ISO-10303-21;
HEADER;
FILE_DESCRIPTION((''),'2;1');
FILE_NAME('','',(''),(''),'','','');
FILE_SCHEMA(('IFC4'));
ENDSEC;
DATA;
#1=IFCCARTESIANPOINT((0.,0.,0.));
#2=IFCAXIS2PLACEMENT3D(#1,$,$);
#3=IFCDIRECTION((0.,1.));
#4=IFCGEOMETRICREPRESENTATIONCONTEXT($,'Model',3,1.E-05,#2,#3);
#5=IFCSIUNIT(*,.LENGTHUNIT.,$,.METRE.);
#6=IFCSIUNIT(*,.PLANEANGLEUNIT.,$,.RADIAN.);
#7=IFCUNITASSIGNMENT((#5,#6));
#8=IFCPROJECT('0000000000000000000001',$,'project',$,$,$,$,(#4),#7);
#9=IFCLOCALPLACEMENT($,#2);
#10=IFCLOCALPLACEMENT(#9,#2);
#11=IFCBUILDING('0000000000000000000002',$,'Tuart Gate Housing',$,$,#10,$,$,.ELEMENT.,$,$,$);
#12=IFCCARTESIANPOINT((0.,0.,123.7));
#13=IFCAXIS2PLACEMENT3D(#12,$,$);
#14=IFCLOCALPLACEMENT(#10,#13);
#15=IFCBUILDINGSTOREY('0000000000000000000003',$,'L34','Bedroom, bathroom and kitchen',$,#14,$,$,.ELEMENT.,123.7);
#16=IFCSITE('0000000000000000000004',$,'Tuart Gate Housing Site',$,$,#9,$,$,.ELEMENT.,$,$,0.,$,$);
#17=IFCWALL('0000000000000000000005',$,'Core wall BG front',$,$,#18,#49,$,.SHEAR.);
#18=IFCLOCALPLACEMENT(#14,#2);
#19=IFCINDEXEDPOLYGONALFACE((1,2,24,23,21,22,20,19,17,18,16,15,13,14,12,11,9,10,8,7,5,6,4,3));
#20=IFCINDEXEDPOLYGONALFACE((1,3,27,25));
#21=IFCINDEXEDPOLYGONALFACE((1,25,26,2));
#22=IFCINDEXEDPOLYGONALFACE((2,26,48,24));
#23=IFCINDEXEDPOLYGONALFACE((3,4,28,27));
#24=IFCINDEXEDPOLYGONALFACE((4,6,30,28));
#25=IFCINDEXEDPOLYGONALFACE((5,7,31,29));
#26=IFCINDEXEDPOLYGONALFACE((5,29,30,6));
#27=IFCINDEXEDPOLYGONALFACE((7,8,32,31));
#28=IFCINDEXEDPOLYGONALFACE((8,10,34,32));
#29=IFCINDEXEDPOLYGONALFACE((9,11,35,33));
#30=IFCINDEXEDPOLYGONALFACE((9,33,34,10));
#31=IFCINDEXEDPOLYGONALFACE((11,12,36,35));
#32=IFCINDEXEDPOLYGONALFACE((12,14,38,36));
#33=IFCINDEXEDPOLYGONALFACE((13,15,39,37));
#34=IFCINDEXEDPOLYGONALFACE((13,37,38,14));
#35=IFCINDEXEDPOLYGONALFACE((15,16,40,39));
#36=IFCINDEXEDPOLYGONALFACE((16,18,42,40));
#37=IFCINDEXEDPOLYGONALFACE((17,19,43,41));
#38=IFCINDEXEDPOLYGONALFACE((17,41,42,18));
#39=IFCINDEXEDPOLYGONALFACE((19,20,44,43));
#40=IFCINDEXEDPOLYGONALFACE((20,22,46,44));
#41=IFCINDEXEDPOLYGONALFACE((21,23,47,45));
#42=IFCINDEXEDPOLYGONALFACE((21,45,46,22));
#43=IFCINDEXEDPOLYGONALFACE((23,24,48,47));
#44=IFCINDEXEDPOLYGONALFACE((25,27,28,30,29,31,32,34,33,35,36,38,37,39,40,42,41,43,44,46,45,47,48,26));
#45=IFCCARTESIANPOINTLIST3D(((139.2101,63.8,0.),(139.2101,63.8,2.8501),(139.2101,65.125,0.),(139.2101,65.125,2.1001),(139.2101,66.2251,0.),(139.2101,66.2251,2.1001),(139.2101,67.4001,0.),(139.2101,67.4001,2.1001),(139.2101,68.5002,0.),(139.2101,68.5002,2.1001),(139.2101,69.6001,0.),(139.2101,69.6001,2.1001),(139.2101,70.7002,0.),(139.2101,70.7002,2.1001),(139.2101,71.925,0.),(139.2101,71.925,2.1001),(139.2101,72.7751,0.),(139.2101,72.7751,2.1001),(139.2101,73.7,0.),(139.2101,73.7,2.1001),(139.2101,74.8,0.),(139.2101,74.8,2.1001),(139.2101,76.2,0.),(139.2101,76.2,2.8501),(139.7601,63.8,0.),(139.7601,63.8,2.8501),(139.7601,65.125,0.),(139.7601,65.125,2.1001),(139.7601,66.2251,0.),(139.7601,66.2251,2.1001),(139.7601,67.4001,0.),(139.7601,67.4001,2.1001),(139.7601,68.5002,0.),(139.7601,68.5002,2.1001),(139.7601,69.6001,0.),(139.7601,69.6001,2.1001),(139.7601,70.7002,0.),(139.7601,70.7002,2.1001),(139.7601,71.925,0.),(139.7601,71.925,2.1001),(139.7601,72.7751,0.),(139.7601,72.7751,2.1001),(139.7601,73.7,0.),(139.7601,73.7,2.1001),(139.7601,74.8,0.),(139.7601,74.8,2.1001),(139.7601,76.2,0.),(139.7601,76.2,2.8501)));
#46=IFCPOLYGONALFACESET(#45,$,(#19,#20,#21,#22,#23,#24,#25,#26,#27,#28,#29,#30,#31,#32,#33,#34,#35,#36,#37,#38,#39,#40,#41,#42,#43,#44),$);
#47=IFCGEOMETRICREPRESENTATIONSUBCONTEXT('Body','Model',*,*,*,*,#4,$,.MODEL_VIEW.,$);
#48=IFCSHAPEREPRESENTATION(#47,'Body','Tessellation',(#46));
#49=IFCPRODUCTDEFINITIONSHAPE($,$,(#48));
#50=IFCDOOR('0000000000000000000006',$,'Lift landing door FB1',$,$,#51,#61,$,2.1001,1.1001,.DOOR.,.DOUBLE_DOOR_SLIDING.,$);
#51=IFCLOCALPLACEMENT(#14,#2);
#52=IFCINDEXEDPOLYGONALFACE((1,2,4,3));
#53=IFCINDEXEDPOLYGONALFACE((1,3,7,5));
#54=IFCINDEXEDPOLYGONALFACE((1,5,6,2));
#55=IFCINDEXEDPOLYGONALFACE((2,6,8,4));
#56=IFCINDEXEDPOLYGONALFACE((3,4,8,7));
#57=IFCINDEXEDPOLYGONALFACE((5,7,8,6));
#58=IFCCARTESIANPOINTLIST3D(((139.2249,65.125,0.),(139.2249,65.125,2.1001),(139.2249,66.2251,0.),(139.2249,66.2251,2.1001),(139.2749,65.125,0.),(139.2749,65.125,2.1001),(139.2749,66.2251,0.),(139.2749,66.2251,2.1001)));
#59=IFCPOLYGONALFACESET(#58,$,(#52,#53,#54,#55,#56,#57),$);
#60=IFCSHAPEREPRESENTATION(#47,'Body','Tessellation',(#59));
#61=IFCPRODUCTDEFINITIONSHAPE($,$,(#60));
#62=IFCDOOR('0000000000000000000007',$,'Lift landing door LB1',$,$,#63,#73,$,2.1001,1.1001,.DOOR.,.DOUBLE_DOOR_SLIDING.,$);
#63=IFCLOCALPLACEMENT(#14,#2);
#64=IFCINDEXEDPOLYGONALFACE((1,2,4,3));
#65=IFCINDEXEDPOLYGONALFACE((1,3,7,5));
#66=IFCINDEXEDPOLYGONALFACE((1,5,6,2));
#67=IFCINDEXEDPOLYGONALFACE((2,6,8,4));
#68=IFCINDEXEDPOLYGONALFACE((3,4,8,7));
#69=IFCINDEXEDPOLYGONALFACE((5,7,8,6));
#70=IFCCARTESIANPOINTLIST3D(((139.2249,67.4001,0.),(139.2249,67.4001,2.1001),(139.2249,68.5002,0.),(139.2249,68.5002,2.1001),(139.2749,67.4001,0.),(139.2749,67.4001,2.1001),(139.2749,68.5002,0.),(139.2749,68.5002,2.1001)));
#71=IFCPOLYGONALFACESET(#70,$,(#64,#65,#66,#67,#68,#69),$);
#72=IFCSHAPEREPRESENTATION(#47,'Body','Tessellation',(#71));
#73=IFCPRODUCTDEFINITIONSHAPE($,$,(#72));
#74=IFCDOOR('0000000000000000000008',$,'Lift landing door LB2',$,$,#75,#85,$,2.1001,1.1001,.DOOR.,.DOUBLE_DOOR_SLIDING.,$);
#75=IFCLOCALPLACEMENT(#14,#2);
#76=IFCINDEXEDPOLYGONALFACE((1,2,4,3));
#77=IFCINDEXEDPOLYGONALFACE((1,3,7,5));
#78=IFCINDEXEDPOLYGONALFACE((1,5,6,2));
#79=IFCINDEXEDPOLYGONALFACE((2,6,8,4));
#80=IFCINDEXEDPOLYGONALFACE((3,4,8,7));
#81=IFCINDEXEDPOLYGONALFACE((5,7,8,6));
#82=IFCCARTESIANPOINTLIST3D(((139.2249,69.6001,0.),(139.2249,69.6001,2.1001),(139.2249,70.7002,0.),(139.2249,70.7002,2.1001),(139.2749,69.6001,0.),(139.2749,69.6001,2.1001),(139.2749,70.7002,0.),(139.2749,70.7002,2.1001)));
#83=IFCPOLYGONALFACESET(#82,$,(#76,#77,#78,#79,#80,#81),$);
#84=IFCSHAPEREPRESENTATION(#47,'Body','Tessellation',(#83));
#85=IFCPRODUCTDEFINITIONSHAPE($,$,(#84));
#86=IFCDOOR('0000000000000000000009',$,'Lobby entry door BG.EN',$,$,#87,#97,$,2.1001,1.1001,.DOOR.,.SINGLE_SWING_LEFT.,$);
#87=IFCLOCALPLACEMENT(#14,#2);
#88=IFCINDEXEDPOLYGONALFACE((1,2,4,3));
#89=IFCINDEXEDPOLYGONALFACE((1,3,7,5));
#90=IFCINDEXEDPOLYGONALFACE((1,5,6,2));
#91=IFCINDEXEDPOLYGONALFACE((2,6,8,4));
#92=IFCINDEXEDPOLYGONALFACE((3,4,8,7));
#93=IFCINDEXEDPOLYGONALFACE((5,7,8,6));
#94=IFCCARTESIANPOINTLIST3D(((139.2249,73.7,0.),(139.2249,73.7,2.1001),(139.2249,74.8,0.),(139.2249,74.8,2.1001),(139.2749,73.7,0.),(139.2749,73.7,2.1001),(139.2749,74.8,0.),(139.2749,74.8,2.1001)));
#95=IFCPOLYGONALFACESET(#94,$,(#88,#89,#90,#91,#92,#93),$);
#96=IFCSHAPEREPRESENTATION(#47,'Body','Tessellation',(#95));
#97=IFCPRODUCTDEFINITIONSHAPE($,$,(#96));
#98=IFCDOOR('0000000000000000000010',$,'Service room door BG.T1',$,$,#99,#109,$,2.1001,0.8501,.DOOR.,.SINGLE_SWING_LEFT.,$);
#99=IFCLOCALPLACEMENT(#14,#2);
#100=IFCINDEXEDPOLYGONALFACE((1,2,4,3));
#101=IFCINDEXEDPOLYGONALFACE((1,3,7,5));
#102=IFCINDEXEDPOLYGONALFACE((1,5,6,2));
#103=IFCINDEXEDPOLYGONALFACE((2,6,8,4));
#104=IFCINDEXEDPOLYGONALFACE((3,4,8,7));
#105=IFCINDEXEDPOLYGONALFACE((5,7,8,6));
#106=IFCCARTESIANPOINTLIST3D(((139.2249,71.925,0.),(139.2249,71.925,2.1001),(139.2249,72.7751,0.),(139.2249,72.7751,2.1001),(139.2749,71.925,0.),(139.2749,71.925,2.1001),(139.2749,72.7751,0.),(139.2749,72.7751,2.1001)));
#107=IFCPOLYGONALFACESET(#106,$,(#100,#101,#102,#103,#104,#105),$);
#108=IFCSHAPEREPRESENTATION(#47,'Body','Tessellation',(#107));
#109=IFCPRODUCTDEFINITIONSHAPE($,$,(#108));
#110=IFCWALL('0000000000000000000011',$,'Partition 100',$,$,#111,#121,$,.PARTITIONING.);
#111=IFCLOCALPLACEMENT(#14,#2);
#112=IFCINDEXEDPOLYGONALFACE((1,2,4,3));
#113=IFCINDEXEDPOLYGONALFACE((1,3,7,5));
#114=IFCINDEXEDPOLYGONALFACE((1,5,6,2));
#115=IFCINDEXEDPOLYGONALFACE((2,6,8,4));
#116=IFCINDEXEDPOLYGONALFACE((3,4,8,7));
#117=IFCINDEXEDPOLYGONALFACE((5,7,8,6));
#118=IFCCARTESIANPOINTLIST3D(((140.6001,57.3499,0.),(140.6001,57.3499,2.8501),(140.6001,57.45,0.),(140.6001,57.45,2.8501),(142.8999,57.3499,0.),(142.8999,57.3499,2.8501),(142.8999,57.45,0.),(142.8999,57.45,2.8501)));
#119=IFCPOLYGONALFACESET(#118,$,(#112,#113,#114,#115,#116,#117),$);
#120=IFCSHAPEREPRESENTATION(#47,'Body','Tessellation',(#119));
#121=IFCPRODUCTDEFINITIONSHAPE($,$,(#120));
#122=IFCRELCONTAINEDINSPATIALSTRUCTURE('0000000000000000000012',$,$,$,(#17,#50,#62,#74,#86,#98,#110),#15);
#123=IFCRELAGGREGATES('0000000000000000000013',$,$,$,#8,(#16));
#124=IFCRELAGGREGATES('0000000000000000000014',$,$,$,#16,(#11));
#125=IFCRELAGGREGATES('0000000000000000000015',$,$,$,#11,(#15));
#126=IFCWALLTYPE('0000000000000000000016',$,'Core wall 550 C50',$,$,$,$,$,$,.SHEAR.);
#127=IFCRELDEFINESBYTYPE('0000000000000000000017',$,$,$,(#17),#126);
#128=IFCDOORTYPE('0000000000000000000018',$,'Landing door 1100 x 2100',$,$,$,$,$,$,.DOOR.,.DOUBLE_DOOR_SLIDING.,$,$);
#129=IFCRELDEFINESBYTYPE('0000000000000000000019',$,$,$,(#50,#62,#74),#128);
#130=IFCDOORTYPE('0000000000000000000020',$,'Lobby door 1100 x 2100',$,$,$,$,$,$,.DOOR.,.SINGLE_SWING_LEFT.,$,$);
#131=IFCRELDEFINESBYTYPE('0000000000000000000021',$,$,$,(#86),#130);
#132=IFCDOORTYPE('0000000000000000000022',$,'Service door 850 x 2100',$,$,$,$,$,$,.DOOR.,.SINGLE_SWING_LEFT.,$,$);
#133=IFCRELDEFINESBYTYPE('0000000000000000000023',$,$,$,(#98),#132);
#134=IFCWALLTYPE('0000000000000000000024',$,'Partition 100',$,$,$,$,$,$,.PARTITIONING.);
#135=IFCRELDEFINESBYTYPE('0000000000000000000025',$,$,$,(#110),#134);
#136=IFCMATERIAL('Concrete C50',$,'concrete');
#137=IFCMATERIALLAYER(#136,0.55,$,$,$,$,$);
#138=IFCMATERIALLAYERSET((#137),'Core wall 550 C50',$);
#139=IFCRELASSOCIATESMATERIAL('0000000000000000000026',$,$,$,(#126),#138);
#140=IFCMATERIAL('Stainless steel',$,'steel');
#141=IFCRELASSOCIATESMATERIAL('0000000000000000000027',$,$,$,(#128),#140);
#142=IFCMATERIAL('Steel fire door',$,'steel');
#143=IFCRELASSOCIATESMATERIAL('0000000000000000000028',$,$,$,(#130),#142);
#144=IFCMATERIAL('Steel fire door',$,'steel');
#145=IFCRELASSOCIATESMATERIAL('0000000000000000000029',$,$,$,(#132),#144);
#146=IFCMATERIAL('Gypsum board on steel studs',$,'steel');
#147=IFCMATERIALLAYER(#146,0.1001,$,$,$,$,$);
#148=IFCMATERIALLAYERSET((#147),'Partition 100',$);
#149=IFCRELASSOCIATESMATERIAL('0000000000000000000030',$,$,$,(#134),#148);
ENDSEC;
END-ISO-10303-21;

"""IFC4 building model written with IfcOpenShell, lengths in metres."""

from ifc_helpers import new_model, si_unit, direction, frame, frame_2d, origin, place, context, subcontext, project, spatial, rectangle, extrude, material, layer, layer_set, type_object, element, fill, save


model = new_model("IFC4")

# Units and contexts
model_context = context("Model", 3, precision=1e-05, world=origin(), true_north=direction((0.0, 1.0)))
body_context = subcontext(model_context, "Body", "Model", "MODEL_VIEW")
ifc_project = project(units=[si_unit("LENGTHUNIT", "METRE"), si_unit("PLANEANGLEUNIT", "RADIAN")], contexts=[model_context])

# Site, building, storey
site_placement = place(None, origin())
site = spatial("IfcSite", under=ifc_project, at=site_placement, Name="Tuart Gate Housing Site", CompositionType="ELEMENT", RefElevation=0.0)
building_placement = place(site_placement, origin())
building = spatial("IfcBuilding", under=site, at=building_placement, Name="Tuart Gate Housing", CompositionType="ELEMENT")
storey_placement = place(building_placement, frame((0.0, 0.0, 123.7)))
storey = spatial("IfcBuildingStorey", under=building, at=storey_placement, Name="L34", Description="Bedroom, bathroom and kitchen", CompositionType="ELEMENT", Elevation=123.7)

# Wall, openings, doors
ifc_material_1 = material(Name="Concrete C50", Category="concrete")
ifc_layer_1 = layer(ifc_material_1, 0.55)
ifc_layer_set_1 = layer_set([ifc_layer_1], Name="Core wall 550 C50")
wall_type_1 = type_object("IfcWallType", Name="Core wall 550 C50", PredefinedType="SHEAR", material=ifc_layer_set_1)
wall_1_placement = place(storey_placement, frame((139.4851, 63.8, 0.0), z_axis=(0.0, 0.0, 1.0), x_axis=(0.0, 1.0, 0.0)))
wall_1 = element("IfcWall", 1, at=wall_1_placement, inside=storey, type_object=wall_type_1, Name="Core wall BG front", PredefinedType="SHEAR", context=body_context, shape_type="SweptSolid", body=[
    extrude(rectangle(XDim=12.3999, YDim=0.55, at=frame_2d((6.2, 0.0))), origin(), (0.0, 0.0, 1.0), 2.8501),
])
opening_1_placement = place(wall_1_placement, frame((1.325, 0.0, 0.0)))
opening_1 = element("IfcOpeningElement", 2, at=opening_1_placement, cuts=wall_1, PredefinedType="OPENING", context=body_context, shape_type="SweptSolid", body=[
    extrude(rectangle(XDim=1.1001, YDim=2.1001, at=frame_2d((0.55, 1.05))), frame((0.0, 0.2849, 0.0), z_axis=(0.0, -1.0, 0.0), x_axis=(1.0, 0.0, 0.0)), (0.0, 0.0, 1.0), 0.5701),
])
opening_2_placement = place(wall_1_placement, frame((3.6001, 0.0, 0.0)))
opening_2 = element("IfcOpeningElement", 3, at=opening_2_placement, cuts=wall_1, PredefinedType="OPENING", context=body_context, shape_type="SweptSolid", body=[
    extrude(rectangle(XDim=1.1001, YDim=2.1001, at=frame_2d((0.55, 1.05))), frame((0.0, 0.2849, 0.0), z_axis=(0.0, -1.0, 0.0), x_axis=(1.0, 0.0, 0.0)), (0.0, 0.0, 1.0), 0.5701),
])
opening_3_placement = place(wall_1_placement, frame((5.8, 0.0, 0.0)))
opening_3 = element("IfcOpeningElement", 4, at=opening_3_placement, cuts=wall_1, PredefinedType="OPENING", context=body_context, shape_type="SweptSolid", body=[
    extrude(rectangle(XDim=1.1001, YDim=2.1001, at=frame_2d((0.55, 1.05))), frame((0.0, 0.2849, 0.0), z_axis=(0.0, -1.0, 0.0), x_axis=(1.0, 0.0, 0.0)), (0.0, 0.0, 1.0), 0.5701),
])
opening_4_placement = place(wall_1_placement, frame((9.8999, 0.0, 0.0)))
opening_4 = element("IfcOpeningElement", 5, at=opening_4_placement, cuts=wall_1, PredefinedType="OPENING", context=body_context, shape_type="SweptSolid", body=[
    extrude(rectangle(XDim=1.1001, YDim=2.1001, at=frame_2d((0.55, 1.05))), frame((0.0, 0.2849, 0.0), z_axis=(0.0, -1.0, 0.0), x_axis=(1.0, 0.0, 0.0)), (0.0, 0.0, 1.0), 0.5701),
])
opening_5_placement = place(wall_1_placement, frame((8.125, 0.0, 0.0)))
opening_5 = element("IfcOpeningElement", 6, at=opening_5_placement, cuts=wall_1, PredefinedType="OPENING", context=body_context, shape_type="SweptSolid", body=[
    extrude(rectangle(XDim=0.8501, YDim=2.1001, at=frame_2d((0.425, 1.05))), frame((0.0, 0.2849, 0.0), z_axis=(0.0, -1.0, 0.0), x_axis=(1.0, 0.0, 0.0)), (0.0, 0.0, 1.0), 0.5701),
])
ifc_material_2 = material(Name="Stainless steel", Category="steel")
door_type_1 = type_object("IfcDoorType", Name="Landing door 1100 x 2100", OperationType="DOUBLE_DOOR_SLIDING", PredefinedType="DOOR", material=ifc_material_2)
door_1_placement = place(opening_1_placement, origin())
door_1 = element("IfcDoor", 7, at=door_1_placement, inside=storey, type_object=door_type_1, Name="Lift landing door FB1", OperationType="DOUBLE_DOOR_SLIDING", OverallHeight=2.1001, OverallWidth=1.1001, PredefinedType="DOOR", context=body_context, shape_type="SweptSolid", body=[
    extrude(rectangle(XDim=1.1001, YDim=2.1001, at=frame_2d((0.55, 1.05))), frame((0.0, 0.2603, 0.0), z_axis=(0.0, -1.0, 0.0), x_axis=(1.0, 0.0, 0.0)), (0.0, 0.0, 1.0), 0.05),
])
fill(opening_1, door_1)
door_2_placement = place(opening_2_placement, origin())
door_2 = element("IfcDoor", 8, at=door_2_placement, inside=storey, type_object=door_type_1, Name="Lift landing door LB1", OperationType="DOUBLE_DOOR_SLIDING", OverallHeight=2.1001, OverallWidth=1.1001, PredefinedType="DOOR", context=body_context, shape_type="SweptSolid", body=[
    extrude(rectangle(XDim=1.1001, YDim=2.1001, at=frame_2d((0.55, 1.05))), frame((0.0, 0.2603, 0.0), z_axis=(0.0, -1.0, 0.0), x_axis=(1.0, 0.0, 0.0)), (0.0, 0.0, 1.0), 0.05),
])
fill(opening_2, door_2)
door_3_placement = place(opening_3_placement, origin())
door_3 = element("IfcDoor", 9, at=door_3_placement, inside=storey, type_object=door_type_1, Name="Lift landing door LB2", OperationType="DOUBLE_DOOR_SLIDING", OverallHeight=2.1001, OverallWidth=1.1001, PredefinedType="DOOR", context=body_context, shape_type="SweptSolid", body=[
    extrude(rectangle(XDim=1.1001, YDim=2.1001, at=frame_2d((0.55, 1.05))), frame((0.0, 0.2603, 0.0), z_axis=(0.0, -1.0, 0.0), x_axis=(1.0, 0.0, 0.0)), (0.0, 0.0, 1.0), 0.05),
])
fill(opening_3, door_3)
ifc_material_3 = material(Name="Steel fire door", Category="steel")
door_type_2 = type_object("IfcDoorType", Name="Lobby door 1100 x 2100", OperationType="SINGLE_SWING_LEFT", PredefinedType="DOOR", material=ifc_material_3)
door_4_placement = place(opening_4_placement, origin())
door_4 = element("IfcDoor", 10, at=door_4_placement, inside=storey, type_object=door_type_2, Name="Lobby entry door BG.EN", OperationType="SINGLE_SWING_LEFT", OverallHeight=2.1001, OverallWidth=1.1001, PredefinedType="DOOR", context=body_context, shape_type="SweptSolid", body=[
    extrude(rectangle(XDim=1.1001, YDim=2.1001, at=frame_2d((0.55, 1.05))), frame((0.0, 0.2603, 0.0), z_axis=(0.0, -1.0, 0.0), x_axis=(1.0, 0.0, 0.0)), (0.0, 0.0, 1.0), 0.05),
])
fill(opening_4, door_4)
ifc_material_4 = material(Name="Steel fire door", Category="steel")
door_type_3 = type_object("IfcDoorType", Name="Service door 850 x 2100", OperationType="SINGLE_SWING_LEFT", PredefinedType="DOOR", material=ifc_material_4)
door_5_placement = place(opening_5_placement, origin())
door_5 = element("IfcDoor", 11, at=door_5_placement, inside=storey, type_object=door_type_3, Name="Service room door BG.T1", OperationType="SINGLE_SWING_LEFT", OverallHeight=2.1001, OverallWidth=0.8501, PredefinedType="DOOR", context=body_context, shape_type="SweptSolid", body=[
    extrude(rectangle(XDim=0.8501, YDim=2.1001, at=frame_2d((0.425, 1.05))), frame((0.0, 0.2603, 0.0), z_axis=(0.0, -1.0, 0.0), x_axis=(1.0, 0.0, 0.0)), (0.0, 0.0, 1.0), 0.05),
])
fill(opening_5, door_5)

# Wall
ifc_material_5 = material(Name="Gypsum board on steel studs", Category="steel")
ifc_layer_2 = layer(ifc_material_5, 0.1001)
ifc_layer_set_2 = layer_set([ifc_layer_2], Name="Partition 100")
wall_type_2 = type_object("IfcWallType", Name="Partition 100", PredefinedType="PARTITIONING", material=ifc_layer_set_2)
wall_2_placement = place(storey_placement, frame((140.6001, 57.3999, 0.0), z_axis=(0.0, 0.0, 1.0), x_axis=(1.0, 0.0, 0.0)))
element("IfcWall", 12, at=wall_2_placement, inside=storey, type_object=wall_type_2, Name="Partition 100", PredefinedType="PARTITIONING", context=body_context, shape_type="SweptSolid", body=[
    extrude(rectangle(XDim=2.2998, YDim=0.1001, at=frame_2d((1.1499, 0.0))), origin(), (0.0, 0.0, 1.0), 2.8501),
])

save(model, "model.ifc")
